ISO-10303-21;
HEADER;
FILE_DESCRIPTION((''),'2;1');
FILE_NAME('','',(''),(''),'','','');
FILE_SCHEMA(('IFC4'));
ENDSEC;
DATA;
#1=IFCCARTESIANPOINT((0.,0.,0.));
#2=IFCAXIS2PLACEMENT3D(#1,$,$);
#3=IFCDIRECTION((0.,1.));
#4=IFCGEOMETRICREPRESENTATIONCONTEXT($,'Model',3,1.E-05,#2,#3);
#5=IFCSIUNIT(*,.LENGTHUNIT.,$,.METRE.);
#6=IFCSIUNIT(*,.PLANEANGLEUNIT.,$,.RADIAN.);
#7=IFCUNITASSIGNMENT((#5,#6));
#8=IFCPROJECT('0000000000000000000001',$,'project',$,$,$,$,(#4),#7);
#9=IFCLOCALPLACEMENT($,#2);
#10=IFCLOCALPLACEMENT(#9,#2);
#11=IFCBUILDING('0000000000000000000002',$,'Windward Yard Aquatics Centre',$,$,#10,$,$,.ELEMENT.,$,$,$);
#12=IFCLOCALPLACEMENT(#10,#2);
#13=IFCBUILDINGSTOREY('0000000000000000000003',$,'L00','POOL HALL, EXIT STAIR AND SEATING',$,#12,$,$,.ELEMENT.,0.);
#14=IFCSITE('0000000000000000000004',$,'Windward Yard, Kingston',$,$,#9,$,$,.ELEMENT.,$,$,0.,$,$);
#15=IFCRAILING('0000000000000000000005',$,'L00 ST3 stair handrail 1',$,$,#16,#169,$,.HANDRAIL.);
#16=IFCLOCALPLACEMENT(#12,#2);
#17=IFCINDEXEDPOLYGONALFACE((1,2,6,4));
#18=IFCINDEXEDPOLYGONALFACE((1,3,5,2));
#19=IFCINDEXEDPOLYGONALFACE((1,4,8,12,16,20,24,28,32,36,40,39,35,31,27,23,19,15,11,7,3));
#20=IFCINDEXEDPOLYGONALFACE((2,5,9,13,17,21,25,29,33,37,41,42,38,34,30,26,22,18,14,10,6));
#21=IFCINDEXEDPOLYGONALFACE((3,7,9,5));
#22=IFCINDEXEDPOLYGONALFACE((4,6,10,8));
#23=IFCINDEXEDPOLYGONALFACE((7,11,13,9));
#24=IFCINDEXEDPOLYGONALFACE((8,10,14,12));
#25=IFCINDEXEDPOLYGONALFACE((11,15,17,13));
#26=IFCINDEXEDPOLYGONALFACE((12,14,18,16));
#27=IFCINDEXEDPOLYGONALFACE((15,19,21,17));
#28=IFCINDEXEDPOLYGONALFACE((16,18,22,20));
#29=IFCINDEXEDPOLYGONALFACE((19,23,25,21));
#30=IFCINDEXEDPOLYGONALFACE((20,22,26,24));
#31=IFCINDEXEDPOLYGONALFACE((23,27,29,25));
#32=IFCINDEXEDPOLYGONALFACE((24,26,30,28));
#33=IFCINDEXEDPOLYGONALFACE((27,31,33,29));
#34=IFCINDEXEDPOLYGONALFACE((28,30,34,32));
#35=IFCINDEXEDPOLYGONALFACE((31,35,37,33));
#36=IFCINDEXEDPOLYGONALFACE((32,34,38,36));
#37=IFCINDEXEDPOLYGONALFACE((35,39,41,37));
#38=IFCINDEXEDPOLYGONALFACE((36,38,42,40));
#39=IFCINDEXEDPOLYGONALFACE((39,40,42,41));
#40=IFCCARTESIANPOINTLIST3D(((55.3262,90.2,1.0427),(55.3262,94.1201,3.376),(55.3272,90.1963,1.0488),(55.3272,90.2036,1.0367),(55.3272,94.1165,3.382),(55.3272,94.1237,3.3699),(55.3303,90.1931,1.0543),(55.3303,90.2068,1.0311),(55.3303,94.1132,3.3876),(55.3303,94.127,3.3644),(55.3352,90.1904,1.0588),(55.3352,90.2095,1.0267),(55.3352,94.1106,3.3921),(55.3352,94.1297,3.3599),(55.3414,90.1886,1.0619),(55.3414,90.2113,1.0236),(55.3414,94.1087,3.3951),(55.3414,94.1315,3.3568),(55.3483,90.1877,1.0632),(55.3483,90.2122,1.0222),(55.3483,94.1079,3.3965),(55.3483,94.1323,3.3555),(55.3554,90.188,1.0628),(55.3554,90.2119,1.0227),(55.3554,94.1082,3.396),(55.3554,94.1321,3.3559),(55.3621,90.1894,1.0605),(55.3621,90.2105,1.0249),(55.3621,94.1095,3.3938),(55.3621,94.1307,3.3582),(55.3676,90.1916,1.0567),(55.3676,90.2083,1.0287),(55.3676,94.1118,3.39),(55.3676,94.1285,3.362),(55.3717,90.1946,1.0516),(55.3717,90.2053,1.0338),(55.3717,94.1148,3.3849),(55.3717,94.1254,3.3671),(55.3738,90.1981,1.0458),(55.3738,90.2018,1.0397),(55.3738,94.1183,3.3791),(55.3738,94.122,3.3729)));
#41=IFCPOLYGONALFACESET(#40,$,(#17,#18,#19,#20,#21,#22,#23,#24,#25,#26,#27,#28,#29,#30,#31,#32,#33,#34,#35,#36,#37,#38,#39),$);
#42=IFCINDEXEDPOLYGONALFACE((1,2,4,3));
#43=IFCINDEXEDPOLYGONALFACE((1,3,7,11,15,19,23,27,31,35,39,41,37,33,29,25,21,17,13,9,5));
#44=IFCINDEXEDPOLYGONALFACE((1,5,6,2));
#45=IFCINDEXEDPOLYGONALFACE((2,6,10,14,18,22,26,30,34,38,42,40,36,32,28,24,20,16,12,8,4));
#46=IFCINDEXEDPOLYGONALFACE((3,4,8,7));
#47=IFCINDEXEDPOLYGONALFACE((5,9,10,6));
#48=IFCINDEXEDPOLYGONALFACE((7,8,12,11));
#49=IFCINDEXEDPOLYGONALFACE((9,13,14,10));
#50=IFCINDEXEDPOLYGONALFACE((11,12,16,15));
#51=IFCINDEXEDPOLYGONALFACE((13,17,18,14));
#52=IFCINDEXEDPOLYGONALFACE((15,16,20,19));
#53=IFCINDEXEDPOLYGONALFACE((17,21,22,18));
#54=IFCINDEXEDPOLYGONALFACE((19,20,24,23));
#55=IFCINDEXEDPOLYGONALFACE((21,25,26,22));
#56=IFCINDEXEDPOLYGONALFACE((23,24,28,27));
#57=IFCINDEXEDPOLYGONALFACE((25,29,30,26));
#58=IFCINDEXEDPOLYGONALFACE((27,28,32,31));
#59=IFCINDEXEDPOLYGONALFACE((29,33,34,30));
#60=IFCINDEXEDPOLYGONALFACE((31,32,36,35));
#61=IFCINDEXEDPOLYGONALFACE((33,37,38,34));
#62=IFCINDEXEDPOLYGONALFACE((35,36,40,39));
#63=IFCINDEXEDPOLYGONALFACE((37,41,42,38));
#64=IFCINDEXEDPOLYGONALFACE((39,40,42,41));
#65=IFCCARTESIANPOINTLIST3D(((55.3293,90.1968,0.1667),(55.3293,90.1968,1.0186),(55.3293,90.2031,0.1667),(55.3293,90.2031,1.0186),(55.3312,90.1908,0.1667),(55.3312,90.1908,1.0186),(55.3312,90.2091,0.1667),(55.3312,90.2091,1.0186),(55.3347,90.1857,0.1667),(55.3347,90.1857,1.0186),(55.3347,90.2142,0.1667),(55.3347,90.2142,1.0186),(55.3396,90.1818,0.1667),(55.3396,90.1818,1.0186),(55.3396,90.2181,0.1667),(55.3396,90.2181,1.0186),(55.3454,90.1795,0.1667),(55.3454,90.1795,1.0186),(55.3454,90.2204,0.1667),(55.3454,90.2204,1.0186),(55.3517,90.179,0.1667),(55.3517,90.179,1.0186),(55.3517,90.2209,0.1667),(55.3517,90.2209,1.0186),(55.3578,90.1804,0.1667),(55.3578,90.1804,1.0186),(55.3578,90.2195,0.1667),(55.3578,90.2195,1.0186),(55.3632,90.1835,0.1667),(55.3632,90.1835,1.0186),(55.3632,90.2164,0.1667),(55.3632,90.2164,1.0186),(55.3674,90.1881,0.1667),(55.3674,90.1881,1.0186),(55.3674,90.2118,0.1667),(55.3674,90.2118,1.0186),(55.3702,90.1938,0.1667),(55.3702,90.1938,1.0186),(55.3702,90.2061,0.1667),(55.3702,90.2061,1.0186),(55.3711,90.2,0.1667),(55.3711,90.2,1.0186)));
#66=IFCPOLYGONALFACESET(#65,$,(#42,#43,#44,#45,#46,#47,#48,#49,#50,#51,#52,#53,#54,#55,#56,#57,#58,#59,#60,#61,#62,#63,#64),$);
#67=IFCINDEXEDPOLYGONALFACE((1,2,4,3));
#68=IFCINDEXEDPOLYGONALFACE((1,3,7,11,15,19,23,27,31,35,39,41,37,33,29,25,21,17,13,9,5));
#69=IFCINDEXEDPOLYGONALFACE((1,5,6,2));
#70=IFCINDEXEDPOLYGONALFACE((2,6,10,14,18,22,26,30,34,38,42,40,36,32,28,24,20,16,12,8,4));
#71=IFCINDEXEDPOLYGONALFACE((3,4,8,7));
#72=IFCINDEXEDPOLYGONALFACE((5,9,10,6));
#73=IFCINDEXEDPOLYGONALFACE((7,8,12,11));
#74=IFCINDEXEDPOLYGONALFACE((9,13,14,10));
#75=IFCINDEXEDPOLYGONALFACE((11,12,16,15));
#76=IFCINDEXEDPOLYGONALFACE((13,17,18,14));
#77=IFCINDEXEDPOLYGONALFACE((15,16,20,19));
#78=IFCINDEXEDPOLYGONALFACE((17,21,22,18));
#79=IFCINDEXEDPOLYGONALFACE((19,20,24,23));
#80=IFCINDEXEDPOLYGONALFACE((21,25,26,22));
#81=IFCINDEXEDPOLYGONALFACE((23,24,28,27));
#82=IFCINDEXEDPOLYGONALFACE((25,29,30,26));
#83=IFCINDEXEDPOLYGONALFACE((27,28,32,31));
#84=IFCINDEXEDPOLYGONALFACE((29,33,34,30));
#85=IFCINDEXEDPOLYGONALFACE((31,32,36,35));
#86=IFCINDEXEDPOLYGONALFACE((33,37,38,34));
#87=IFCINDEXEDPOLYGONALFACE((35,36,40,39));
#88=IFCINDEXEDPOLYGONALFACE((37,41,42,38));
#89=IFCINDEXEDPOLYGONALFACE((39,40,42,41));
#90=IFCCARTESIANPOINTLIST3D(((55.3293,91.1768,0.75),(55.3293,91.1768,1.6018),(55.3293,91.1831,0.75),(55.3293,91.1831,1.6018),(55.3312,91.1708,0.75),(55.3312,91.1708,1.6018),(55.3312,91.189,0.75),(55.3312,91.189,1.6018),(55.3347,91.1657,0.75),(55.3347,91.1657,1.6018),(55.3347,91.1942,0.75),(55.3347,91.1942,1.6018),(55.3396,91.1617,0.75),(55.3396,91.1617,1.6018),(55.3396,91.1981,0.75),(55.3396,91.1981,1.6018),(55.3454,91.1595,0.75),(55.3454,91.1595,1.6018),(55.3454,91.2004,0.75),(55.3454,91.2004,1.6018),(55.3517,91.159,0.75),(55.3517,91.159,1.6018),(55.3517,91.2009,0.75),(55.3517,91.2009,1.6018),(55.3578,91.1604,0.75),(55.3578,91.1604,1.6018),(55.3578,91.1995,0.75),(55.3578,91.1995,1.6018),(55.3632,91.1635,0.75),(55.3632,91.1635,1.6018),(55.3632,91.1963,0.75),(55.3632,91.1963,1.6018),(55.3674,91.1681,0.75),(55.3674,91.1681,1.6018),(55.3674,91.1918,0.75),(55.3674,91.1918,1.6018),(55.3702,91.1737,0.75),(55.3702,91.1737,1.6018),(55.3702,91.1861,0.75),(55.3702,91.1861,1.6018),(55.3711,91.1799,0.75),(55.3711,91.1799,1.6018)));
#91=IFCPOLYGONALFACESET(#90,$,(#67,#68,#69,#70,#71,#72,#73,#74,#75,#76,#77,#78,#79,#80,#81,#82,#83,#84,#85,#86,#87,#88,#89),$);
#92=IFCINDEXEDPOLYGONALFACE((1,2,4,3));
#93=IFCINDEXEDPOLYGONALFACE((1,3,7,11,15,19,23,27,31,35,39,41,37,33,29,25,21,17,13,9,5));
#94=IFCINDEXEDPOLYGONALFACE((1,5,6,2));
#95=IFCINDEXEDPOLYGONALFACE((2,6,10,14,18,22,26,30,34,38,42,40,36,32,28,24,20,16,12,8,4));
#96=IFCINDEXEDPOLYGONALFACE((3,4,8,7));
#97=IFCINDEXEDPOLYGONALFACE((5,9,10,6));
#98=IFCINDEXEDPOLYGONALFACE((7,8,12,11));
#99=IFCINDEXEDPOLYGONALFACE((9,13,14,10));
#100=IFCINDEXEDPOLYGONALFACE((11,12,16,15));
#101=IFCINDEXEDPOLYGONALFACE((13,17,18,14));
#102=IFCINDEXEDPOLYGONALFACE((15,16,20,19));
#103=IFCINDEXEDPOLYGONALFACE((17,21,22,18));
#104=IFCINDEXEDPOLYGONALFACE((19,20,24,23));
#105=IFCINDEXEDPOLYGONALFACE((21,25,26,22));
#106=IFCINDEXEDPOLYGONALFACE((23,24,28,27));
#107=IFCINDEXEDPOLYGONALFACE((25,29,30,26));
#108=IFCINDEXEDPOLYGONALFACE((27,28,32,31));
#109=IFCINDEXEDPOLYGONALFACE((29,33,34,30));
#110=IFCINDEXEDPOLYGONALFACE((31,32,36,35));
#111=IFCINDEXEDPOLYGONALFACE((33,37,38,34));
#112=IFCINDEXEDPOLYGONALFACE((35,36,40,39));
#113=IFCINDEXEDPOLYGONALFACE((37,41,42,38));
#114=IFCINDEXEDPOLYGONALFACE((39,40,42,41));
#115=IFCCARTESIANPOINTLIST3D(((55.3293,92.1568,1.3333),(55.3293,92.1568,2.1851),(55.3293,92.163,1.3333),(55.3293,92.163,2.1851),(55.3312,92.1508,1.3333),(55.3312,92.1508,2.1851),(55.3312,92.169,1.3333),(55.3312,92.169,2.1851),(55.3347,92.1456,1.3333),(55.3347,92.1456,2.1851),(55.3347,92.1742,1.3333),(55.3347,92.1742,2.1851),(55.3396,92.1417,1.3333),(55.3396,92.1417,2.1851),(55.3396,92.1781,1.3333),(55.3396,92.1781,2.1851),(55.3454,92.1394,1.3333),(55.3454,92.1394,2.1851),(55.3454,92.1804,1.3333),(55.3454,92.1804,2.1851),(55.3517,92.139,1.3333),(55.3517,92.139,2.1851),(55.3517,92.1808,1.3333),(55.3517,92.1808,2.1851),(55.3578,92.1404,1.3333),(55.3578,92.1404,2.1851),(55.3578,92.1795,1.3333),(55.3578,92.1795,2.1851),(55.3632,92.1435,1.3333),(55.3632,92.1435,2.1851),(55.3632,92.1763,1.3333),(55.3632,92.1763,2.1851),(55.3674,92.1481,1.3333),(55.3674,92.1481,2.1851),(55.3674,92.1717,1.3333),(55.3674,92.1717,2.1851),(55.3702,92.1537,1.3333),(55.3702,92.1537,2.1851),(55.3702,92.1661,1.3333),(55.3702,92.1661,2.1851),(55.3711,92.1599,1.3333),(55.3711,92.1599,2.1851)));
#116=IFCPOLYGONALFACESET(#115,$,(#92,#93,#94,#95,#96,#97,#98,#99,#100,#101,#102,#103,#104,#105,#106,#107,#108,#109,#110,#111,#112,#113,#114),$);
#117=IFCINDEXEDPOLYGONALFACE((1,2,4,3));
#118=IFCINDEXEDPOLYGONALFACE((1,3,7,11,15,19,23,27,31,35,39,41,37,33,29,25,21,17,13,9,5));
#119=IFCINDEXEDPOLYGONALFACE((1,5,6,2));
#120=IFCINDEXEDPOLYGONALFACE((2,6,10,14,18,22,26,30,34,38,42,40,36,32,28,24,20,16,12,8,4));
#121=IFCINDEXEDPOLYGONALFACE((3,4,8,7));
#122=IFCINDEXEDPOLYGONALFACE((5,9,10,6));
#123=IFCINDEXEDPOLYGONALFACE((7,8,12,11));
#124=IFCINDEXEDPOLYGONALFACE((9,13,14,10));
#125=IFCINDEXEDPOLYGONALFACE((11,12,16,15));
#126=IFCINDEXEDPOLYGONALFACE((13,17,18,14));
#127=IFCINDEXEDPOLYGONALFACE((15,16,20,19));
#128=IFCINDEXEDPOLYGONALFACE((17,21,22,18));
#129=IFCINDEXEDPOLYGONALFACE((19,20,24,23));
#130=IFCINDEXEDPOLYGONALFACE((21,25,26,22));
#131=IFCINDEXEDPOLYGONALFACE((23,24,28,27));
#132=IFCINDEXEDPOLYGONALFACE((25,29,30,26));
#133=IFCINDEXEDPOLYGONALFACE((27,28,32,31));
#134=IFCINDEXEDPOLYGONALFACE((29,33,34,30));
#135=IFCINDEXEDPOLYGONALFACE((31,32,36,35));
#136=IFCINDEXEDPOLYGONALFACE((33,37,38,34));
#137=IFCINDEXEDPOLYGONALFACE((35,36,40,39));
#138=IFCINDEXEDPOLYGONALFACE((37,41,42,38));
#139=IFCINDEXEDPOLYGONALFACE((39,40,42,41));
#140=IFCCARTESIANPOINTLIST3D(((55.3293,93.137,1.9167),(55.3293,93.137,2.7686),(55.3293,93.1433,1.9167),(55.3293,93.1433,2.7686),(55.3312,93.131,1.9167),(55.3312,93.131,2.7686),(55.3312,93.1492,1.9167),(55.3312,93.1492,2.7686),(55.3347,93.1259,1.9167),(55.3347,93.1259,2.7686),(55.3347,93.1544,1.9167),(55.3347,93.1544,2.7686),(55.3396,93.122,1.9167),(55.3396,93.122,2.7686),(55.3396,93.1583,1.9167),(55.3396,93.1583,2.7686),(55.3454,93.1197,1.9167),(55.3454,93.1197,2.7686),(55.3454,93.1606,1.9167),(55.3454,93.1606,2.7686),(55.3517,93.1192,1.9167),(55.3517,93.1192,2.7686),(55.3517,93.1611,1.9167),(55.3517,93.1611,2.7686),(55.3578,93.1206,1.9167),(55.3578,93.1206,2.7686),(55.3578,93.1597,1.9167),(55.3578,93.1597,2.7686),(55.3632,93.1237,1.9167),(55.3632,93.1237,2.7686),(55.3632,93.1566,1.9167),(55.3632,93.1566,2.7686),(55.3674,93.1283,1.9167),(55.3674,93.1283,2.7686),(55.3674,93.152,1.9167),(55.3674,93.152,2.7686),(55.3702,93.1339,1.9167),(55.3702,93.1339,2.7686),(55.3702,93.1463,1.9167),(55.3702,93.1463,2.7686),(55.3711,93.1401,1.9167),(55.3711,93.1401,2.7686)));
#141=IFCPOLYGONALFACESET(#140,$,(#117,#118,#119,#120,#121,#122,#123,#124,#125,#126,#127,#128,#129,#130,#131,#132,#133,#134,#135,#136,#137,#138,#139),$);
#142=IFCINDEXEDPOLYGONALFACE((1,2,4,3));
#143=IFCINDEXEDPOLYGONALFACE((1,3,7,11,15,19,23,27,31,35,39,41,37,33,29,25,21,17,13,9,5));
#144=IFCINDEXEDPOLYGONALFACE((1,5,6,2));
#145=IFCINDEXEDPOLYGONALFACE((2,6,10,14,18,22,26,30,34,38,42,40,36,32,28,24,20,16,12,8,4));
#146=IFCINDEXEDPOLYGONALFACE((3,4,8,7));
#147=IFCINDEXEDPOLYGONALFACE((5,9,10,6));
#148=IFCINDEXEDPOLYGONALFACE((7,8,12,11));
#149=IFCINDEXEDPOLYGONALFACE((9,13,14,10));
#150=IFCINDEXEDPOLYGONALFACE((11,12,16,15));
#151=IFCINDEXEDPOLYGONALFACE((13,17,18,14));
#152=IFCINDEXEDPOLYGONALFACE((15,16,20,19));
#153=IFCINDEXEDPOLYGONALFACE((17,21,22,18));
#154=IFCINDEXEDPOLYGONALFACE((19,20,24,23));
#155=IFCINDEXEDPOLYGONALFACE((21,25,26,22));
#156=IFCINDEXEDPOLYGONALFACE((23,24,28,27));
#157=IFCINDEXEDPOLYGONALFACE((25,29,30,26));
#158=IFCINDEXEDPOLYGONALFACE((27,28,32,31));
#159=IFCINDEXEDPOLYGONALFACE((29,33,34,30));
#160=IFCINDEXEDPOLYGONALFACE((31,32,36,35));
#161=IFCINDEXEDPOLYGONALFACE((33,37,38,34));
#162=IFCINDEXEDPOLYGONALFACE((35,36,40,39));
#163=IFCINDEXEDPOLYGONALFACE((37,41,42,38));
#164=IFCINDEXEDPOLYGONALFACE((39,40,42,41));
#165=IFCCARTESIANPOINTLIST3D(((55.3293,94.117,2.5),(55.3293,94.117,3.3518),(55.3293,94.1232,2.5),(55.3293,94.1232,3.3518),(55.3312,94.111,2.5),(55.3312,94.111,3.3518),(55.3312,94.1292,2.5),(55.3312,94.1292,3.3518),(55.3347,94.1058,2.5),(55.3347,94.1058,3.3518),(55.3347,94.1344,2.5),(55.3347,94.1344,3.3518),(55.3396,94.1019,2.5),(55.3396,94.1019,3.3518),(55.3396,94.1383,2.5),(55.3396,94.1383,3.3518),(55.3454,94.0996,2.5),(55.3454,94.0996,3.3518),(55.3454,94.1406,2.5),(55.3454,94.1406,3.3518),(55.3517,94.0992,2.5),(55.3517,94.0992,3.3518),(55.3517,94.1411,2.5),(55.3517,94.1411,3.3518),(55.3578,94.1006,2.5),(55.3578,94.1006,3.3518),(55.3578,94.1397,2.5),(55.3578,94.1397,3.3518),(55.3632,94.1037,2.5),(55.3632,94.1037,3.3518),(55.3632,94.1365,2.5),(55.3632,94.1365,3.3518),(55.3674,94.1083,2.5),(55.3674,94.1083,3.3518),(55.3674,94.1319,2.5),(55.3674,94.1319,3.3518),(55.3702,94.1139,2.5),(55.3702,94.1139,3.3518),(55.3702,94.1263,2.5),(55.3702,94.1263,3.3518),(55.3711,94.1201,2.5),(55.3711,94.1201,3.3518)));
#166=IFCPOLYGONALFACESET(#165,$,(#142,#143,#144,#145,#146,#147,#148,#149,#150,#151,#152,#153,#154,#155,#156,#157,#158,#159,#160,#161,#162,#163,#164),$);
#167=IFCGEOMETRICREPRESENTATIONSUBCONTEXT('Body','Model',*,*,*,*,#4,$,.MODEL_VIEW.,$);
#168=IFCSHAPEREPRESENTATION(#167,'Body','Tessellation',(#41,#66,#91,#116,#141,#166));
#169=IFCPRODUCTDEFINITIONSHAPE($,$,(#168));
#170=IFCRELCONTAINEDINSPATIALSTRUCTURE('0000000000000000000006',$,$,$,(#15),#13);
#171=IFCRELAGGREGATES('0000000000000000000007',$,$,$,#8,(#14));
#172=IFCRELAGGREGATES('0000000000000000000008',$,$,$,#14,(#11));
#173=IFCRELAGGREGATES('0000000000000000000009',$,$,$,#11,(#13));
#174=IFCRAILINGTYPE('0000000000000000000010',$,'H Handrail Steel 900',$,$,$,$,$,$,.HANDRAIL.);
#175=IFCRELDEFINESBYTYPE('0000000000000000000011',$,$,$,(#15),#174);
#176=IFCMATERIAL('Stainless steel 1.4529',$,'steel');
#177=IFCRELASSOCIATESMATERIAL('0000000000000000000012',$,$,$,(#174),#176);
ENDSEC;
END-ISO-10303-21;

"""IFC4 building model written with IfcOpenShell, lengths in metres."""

from ifc_helpers import new_model, si_unit, direction, frame, origin, origin_2d, place, context, subcontext, project, spatial, circle, extrude, material, type_object, element, save


model = new_model("IFC4")

# Units and contexts
model_context = context("Model", 3, precision=1e-05, world=origin(), true_north=direction((0.0, 1.0)))
body_context = subcontext(model_context, "Body", "Model", "MODEL_VIEW")
ifc_project = project(units=[si_unit("LENGTHUNIT", "METRE"), si_unit("PLANEANGLEUNIT", "RADIAN")], contexts=[model_context])

# Site, building, storey
site_placement = place(None, origin())
site = spatial("IfcSite", under=ifc_project, at=site_placement, Name="Windward Yard, Kingston", CompositionType="ELEMENT", RefElevation=0.0)
building_placement = place(site_placement, origin())
building = spatial("IfcBuilding", under=site, at=building_placement, Name="Windward Yard Aquatics Centre", CompositionType="ELEMENT")
storey_placement = place(building_placement, origin())
storey = spatial("IfcBuildingStorey", under=building, at=storey_placement, Name="L00", Description="POOL HALL, EXIT STAIR AND SEATING", CompositionType="ELEMENT", Elevation=0.0)

# Railing
ifc_material_1 = material(Name="Stainless steel 1.4529", Category="steel")
railing_type_1 = type_object("IfcRailingType", Name="H Handrail Steel 900", PredefinedType="HANDRAIL", material=ifc_material_1)
railing_1_placement = place(storey_placement, frame((55.3501, 90.2, 0.1667)))
element("IfcRailing", 1, at=railing_1_placement, inside=storey, type_object=railing_type_1, Name="L00 ST3 stair handrail 1", PredefinedType="HANDRAIL", context=body_context, shape_type="SweptSolid", body=[
    extrude(circle(Radius=0.0239, at=origin_2d()), frame((0.0, 0.0, 0.876), z_axis=(0.0, 0.85931, 0.511455), x_axis=(-1.0, 0.0, 0.0)), (0.0, 0.0, 1.0), 4.562),
    extrude(circle(Radius=0.021, at=origin_2d()), origin(), (0.0, 0.0, 1.0), 0.8518),
    extrude(circle(Radius=0.021, at=origin_2d()), frame((0.0, 0.98, 0.5833)), (0.0, 0.0, 1.0), 0.8518),
    extrude(circle(Radius=0.021, at=origin_2d()), frame((0.0, 1.96, 1.1665)), (0.0, 0.0, 1.0), 0.8518),
    extrude(circle(Radius=0.021, at=origin_2d()), frame((0.0, 2.9402, 1.75)), (0.0, 0.0, 1.0), 0.8518),
    extrude(circle(Radius=0.021, at=origin_2d()), frame((0.0, 3.9202, 2.3333)), (0.0, 0.0, 1.0), 0.8518),
])

save(model, "model.ifc")
